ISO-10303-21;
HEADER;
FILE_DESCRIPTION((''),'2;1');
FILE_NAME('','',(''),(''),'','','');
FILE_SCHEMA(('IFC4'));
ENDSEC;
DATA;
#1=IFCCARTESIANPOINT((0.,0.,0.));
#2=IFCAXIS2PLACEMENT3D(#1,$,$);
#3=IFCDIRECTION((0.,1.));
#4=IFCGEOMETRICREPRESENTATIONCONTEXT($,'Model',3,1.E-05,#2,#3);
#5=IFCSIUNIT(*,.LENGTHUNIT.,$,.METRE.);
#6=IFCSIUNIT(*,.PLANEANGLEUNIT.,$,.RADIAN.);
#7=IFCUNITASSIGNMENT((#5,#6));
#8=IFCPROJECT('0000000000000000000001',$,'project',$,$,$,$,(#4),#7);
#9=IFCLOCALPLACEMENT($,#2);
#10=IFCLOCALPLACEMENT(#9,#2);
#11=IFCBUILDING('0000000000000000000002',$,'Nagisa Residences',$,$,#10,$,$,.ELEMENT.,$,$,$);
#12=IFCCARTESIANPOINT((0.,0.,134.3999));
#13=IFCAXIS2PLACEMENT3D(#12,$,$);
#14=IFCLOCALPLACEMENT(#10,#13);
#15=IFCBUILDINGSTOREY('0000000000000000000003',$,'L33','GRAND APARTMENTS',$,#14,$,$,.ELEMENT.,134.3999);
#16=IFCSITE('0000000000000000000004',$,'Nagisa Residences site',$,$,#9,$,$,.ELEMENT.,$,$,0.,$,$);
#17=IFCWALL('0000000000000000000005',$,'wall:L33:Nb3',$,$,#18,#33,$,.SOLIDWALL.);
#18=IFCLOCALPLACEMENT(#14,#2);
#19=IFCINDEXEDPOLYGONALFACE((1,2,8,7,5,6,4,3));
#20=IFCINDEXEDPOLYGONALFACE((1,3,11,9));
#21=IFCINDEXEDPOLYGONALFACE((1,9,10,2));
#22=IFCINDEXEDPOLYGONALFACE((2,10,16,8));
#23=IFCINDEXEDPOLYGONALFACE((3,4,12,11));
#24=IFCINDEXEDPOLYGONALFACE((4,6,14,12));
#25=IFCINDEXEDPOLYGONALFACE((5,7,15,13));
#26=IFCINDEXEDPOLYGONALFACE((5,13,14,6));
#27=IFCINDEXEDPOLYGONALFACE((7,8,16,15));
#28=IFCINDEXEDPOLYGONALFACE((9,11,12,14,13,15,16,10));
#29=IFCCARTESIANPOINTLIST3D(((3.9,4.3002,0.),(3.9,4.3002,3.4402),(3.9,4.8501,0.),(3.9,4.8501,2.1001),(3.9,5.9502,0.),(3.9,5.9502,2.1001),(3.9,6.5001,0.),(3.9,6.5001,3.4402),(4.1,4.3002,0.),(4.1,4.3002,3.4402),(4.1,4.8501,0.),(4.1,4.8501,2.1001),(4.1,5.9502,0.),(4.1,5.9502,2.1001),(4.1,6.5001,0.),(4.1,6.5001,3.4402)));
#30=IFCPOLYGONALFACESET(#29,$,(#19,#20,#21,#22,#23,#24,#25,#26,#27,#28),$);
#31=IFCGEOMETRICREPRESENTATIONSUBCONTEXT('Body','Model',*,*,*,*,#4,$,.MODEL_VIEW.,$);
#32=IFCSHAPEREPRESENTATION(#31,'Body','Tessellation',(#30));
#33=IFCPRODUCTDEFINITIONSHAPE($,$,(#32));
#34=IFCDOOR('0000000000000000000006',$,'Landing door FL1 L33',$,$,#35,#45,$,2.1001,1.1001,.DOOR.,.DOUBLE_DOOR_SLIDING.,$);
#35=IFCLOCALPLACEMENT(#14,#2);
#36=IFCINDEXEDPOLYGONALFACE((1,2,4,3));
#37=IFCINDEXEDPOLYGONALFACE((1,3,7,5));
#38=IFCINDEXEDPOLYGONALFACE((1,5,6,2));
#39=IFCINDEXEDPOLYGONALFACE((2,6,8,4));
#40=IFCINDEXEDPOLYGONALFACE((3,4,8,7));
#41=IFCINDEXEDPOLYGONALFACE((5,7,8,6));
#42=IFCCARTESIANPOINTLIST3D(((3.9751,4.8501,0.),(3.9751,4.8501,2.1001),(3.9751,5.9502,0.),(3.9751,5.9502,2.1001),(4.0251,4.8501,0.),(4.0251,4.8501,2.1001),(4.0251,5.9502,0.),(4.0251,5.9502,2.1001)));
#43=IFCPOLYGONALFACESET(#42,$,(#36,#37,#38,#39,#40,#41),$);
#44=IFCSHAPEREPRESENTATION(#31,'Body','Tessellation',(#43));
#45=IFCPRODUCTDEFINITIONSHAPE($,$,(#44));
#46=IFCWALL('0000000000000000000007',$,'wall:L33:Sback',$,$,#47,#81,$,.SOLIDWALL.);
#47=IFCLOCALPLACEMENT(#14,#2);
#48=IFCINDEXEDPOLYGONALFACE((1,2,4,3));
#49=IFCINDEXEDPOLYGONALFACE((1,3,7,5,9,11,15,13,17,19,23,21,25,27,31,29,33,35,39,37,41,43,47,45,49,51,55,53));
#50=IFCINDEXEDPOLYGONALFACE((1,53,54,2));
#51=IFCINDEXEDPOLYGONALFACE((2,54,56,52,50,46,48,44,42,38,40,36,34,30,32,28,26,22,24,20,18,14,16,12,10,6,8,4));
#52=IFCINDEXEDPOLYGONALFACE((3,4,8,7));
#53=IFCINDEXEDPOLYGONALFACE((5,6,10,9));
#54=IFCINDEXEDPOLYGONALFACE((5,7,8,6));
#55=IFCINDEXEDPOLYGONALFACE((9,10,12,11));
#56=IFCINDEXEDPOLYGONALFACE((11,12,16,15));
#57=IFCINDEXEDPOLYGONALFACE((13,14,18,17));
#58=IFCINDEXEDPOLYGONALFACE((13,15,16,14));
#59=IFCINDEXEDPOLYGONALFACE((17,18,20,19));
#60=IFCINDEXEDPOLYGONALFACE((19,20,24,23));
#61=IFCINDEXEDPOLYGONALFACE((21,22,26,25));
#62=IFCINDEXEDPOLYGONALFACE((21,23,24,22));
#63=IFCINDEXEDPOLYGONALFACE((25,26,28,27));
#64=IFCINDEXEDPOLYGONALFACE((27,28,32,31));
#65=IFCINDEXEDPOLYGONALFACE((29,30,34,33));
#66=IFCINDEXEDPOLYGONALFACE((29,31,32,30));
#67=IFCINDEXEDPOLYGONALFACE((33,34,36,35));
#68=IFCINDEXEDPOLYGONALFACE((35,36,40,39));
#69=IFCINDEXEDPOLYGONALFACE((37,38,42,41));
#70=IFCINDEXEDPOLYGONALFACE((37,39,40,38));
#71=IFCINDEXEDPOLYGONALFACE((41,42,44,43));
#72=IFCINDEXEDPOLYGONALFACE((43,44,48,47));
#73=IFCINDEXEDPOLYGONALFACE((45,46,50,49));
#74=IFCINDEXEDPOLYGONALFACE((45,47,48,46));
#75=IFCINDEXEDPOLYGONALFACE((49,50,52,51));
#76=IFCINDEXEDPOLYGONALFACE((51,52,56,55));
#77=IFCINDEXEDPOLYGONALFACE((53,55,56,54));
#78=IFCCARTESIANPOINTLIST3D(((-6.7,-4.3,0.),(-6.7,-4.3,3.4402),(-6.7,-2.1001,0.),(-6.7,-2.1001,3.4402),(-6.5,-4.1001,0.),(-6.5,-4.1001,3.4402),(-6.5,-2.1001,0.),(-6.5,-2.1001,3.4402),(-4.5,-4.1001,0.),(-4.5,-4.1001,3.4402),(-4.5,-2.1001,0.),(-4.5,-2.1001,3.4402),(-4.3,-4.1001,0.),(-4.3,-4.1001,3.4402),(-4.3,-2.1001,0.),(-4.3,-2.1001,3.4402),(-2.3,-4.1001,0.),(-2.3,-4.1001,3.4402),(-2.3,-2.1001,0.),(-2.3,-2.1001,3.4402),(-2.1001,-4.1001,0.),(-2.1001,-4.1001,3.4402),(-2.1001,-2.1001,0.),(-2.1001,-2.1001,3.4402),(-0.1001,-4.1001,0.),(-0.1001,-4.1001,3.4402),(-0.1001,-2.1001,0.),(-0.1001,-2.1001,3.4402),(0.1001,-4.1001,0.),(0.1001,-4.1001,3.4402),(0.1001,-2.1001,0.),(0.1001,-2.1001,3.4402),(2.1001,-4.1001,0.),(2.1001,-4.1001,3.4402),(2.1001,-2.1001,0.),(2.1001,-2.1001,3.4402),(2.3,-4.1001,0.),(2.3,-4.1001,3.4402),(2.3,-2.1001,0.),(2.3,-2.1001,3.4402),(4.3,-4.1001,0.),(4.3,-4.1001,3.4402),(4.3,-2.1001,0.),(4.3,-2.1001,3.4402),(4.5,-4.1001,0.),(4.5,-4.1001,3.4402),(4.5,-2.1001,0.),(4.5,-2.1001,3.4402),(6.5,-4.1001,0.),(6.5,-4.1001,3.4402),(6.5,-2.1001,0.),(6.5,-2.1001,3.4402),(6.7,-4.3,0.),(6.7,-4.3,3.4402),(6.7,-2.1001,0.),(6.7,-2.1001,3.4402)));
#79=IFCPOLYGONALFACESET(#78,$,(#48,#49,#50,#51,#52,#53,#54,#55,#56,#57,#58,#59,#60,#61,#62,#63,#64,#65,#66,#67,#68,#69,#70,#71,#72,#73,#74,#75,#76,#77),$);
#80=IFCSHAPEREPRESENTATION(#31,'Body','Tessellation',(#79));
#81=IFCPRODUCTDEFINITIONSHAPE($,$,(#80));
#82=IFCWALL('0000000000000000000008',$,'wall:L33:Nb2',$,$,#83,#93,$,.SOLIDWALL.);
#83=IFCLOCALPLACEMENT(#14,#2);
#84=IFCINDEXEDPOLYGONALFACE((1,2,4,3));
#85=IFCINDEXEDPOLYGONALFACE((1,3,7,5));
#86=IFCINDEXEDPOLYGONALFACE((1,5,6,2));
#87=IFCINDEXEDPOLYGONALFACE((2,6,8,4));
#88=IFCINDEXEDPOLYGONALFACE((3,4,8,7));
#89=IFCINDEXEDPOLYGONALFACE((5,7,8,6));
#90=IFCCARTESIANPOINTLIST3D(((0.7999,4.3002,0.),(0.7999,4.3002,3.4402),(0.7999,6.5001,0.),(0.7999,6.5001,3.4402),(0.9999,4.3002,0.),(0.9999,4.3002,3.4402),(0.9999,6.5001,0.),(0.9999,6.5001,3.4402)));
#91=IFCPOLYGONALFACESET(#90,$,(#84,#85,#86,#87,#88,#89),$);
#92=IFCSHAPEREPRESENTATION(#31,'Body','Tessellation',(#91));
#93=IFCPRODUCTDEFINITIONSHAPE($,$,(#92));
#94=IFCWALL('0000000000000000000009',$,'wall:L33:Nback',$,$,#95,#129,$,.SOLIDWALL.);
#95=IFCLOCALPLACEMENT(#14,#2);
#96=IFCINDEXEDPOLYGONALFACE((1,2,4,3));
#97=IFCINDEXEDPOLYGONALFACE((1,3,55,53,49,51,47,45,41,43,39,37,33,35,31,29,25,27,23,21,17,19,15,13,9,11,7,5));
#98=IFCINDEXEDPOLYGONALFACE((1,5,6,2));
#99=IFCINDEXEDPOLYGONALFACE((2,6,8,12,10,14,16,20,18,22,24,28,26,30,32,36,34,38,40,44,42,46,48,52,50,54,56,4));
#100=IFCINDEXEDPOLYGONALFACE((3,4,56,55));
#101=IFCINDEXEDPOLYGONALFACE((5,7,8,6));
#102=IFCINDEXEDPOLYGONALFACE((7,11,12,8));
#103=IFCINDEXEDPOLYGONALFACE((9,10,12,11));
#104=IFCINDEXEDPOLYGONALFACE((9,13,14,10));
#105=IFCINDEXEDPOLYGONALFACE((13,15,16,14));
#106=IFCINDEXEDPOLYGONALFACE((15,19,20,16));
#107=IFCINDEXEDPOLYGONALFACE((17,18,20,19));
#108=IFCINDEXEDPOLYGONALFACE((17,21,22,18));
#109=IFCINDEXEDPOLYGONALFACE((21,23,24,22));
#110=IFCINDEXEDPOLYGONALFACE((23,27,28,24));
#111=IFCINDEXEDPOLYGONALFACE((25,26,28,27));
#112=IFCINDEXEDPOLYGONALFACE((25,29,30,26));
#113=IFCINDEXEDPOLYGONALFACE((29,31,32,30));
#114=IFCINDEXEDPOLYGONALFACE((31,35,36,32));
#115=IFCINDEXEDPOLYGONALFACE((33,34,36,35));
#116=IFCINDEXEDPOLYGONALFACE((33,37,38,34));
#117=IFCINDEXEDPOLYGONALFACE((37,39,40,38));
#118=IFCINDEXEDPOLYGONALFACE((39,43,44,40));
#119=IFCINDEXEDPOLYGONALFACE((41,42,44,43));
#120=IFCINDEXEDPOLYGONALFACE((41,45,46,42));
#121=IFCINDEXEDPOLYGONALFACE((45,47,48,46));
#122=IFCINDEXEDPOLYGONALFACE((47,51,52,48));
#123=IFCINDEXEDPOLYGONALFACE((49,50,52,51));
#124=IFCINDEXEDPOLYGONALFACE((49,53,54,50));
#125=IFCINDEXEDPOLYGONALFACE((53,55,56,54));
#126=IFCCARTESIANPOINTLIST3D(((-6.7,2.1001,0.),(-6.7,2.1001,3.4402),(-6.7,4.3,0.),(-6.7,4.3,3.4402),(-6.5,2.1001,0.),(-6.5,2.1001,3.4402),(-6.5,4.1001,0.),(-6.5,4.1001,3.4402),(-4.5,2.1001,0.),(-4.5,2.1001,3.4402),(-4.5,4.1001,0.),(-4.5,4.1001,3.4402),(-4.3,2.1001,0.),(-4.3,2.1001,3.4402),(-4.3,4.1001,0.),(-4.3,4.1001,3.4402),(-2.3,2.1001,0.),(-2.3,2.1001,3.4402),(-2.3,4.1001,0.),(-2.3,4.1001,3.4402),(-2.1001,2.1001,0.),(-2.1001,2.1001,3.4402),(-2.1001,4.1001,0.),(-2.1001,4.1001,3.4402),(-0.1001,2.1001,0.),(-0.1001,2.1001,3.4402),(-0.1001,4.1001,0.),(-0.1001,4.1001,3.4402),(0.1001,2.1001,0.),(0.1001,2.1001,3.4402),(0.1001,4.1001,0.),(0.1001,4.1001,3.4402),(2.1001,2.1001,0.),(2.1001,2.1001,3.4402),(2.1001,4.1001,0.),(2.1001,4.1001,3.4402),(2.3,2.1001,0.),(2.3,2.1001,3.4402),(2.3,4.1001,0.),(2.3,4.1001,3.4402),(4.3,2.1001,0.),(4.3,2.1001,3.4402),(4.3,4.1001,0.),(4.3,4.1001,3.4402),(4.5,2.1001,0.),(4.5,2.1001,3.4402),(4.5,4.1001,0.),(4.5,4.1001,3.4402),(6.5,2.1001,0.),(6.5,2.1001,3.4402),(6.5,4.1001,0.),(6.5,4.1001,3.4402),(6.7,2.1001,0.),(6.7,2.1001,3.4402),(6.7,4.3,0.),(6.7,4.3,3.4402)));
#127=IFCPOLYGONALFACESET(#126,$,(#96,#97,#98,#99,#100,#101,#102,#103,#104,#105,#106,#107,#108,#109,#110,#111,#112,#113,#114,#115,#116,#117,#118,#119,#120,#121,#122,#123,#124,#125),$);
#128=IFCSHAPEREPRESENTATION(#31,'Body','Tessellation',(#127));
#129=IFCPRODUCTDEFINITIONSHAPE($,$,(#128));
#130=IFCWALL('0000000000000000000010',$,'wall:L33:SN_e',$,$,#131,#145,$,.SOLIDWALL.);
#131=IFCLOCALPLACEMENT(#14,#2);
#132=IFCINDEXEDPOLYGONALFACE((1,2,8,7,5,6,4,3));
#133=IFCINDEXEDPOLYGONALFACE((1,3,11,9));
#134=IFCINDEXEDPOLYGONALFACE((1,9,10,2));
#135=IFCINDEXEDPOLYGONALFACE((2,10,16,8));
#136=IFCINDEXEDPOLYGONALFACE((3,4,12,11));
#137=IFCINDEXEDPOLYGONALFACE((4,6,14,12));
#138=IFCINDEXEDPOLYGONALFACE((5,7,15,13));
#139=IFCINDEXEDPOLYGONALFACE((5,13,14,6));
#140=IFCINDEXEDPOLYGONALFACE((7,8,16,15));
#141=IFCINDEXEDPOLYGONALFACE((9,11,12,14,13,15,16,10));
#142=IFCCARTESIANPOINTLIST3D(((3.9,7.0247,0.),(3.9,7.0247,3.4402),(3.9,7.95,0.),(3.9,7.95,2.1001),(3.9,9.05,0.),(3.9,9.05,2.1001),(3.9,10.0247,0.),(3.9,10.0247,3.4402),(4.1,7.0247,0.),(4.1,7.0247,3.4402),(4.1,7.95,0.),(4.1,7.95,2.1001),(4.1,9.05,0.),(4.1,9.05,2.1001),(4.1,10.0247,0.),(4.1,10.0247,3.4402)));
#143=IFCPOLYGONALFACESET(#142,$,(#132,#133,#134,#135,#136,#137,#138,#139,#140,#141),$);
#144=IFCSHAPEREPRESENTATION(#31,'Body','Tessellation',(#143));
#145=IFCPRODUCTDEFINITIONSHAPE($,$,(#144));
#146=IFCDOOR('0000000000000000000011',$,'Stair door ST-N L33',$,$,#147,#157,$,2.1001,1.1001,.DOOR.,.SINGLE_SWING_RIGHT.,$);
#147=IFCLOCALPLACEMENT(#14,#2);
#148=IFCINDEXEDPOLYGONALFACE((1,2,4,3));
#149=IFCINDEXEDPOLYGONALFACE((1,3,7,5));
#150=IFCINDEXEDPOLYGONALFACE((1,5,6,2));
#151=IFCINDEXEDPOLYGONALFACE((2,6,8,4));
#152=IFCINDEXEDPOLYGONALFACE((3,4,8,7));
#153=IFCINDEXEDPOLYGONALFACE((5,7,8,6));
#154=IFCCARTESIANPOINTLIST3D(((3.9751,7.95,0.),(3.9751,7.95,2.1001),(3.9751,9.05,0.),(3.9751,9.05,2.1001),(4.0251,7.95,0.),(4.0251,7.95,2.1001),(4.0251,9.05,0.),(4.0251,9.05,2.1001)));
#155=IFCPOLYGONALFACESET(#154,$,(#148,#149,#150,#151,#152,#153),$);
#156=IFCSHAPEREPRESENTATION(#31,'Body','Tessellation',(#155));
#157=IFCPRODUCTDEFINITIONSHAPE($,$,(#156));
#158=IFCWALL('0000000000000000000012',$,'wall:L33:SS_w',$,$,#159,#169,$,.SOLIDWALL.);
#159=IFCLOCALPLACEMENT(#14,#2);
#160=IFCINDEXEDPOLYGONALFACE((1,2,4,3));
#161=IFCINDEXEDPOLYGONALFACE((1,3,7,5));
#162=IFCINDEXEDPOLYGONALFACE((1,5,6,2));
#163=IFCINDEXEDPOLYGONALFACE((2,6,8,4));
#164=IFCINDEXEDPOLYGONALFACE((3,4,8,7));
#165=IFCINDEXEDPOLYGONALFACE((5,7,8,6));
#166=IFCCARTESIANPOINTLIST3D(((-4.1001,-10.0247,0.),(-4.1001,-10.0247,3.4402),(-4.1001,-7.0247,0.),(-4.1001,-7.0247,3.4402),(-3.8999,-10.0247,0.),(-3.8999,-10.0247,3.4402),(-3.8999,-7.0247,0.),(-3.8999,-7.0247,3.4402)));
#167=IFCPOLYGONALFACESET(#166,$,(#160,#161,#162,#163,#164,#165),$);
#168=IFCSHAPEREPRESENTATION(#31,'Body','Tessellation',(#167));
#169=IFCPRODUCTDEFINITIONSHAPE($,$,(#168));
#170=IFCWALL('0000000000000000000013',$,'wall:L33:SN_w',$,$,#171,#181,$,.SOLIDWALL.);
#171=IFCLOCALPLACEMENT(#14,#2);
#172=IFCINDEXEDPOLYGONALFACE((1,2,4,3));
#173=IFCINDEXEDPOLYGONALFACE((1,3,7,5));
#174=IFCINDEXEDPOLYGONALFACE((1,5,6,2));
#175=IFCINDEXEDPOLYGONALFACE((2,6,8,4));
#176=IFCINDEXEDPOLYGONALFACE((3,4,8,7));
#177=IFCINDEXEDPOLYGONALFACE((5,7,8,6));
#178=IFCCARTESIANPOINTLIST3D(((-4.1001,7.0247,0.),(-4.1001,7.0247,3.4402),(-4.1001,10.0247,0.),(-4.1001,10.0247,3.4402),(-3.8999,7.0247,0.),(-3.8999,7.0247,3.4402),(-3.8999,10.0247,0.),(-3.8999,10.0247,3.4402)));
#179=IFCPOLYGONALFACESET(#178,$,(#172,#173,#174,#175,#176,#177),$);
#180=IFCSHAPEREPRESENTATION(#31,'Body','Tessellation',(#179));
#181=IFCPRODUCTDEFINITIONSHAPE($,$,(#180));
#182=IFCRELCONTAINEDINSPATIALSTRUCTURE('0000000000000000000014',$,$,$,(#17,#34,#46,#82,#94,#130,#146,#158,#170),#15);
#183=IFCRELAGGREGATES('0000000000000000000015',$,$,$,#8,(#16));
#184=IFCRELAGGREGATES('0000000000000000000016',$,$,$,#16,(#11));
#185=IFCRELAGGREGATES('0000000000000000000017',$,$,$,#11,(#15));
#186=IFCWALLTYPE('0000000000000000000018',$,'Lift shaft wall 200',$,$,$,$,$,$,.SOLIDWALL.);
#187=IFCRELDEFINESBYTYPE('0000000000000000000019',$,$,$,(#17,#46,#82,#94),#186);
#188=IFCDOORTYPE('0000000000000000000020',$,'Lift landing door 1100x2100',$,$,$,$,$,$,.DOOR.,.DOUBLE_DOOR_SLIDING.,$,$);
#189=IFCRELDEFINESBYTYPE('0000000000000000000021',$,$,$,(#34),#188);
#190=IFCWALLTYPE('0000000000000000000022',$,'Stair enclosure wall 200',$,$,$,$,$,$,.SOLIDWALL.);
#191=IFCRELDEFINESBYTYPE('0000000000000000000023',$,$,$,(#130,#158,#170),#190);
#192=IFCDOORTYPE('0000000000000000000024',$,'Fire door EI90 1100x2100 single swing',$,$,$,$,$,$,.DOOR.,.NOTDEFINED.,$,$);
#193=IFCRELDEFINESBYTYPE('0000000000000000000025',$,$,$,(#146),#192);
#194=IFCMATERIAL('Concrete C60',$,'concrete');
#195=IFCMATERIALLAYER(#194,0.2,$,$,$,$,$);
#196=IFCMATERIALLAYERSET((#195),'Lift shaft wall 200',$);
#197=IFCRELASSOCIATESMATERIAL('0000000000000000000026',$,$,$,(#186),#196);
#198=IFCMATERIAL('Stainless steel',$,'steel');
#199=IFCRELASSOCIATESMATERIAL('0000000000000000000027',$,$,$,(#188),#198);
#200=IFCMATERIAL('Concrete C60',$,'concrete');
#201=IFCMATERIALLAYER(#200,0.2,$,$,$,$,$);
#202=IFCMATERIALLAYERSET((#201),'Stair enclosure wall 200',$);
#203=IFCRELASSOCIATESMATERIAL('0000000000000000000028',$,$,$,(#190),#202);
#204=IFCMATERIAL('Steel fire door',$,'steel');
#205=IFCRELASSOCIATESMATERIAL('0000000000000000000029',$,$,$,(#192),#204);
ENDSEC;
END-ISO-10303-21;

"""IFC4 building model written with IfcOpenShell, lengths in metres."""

from ifc_helpers import new_model, si_unit, direction, frame, frame_2d, origin, place, context, subcontext, project, spatial, polyline, rectangle, outline, extrude, material, layer, layer_set, type_object, element, fill, save


model = new_model("IFC4")

# Units and contexts
model_context = context("Model", 3, precision=1e-05, world=origin(), true_north=direction((0.0, 1.0)))
body_context = subcontext(model_context, "Body", "Model", "MODEL_VIEW")
ifc_project = project(units=[si_unit("LENGTHUNIT", "METRE"), si_unit("PLANEANGLEUNIT", "RADIAN")], contexts=[model_context])

# Site, building, storey
site_placement = place(None, origin())
site = spatial("IfcSite", under=ifc_project, at=site_placement, Name="Nagisa Residences site", CompositionType="ELEMENT", RefElevation=0.0)
building_placement = place(site_placement, origin())
building = spatial("IfcBuilding", under=site, at=building_placement, Name="Nagisa Residences", CompositionType="ELEMENT")
storey_placement = place(building_placement, frame((0.0, 0.0, 134.3999)))
storey = spatial("IfcBuildingStorey", under=building, at=storey_placement, Name="L33", Description="GRAND APARTMENTS", CompositionType="ELEMENT", Elevation=134.3999)

# Wall, opening, door
ifc_material_1 = material(Name="Concrete C60", Category="concrete")
ifc_layer_1 = layer(ifc_material_1, 0.2)
ifc_layer_set_1 = layer_set([ifc_layer_1], Name="Lift shaft wall 200")
wall_type_1 = type_object("IfcWallType", Name="Lift shaft wall 200", PredefinedType="SOLIDWALL", material=ifc_layer_set_1)
wall_1_placement = place(storey_placement, frame((4.0, 4.3, 0.0), z_axis=(0.0, 0.0, 1.0), x_axis=(0.0, 1.0, 0.0)))
wall_1 = element("IfcWall", 1, at=wall_1_placement, inside=storey, type_object=wall_type_1, Name="wall:L33:Nb3", PredefinedType="SOLIDWALL", context=body_context, shape_type="SweptSolid", body=[
    extrude(rectangle(XDim=2.2, YDim=0.2, at=frame_2d((1.1001, 0.0))), origin(), (0.0, 0.0, 1.0), 3.4402),
])
opening_1_placement = place(wall_1_placement, frame((0.55, 0.0, 0.0)))
opening_1 = element("IfcOpeningElement", 2, at=opening_1_placement, cuts=wall_1, PredefinedType="OPENING", context=body_context, shape_type="SweptSolid", body=[
    extrude(rectangle(XDim=1.1001, YDim=2.1001, at=frame_2d((0.55, 1.05))), frame((0.0, 0.1099, 0.0), z_axis=(0.0, -1.0, 0.0), x_axis=(1.0, 0.0, 0.0)), (0.0, 0.0, 1.0), 0.22),
])
ifc_material_2 = material(Name="Stainless steel", Category="steel")
door_type_1 = type_object("IfcDoorType", Name="Lift landing door 1100x2100", OperationType="DOUBLE_DOOR_SLIDING", PredefinedType="DOOR", material=ifc_material_2)
door_1_placement = place(opening_1_placement, origin())
door_1 = element("IfcDoor", 3, at=door_1_placement, inside=storey, type_object=door_type_1, Name="Landing door FL1 L33", OperationType="DOUBLE_DOOR_SLIDING", OverallHeight=2.1001, OverallWidth=1.1001, PredefinedType="DOOR", context=body_context, shape_type="SweptSolid", body=[
    extrude(rectangle(XDim=1.1001, YDim=2.1001, at=frame_2d((0.55, 1.05))), frame((0.0, 0.0249, 0.0), z_axis=(0.0, -1.0, 0.0), x_axis=(1.0, 0.0, 0.0)), (0.0, 0.0, 1.0), 0.05),
])
fill(opening_1, door_1)

# Walls
wall_2_placement = place(storey_placement, origin())
element("IfcWall", 4, at=wall_2_placement, inside=storey, type_object=wall_type_1, Name="wall:L33:Sback", PredefinedType="SOLIDWALL", context=body_context, shape_type="SweptSolid", body=[
    extrude(outline(polyline([(-6.7, -2.1001), (-6.5, -2.1001), (-6.5, -4.1001), (-4.5, -4.1001), (-4.5, -2.1001), (-4.3, -2.1001), (-4.3, -4.1001), (-2.3, -4.1001), (-2.3, -2.1001), (-2.1001, -2.1001), (-2.1001, -4.1001), (-0.1001, -4.1001), (-0.1001, -2.1001), (0.1001, -2.1001), (0.1001, -4.1001), (2.1001, -4.1001), (2.1001, -2.1001), (2.3, -2.1001), (2.3, -4.1001), (4.3, -4.1001), (4.3, -2.1001), (4.5, -2.1001), (4.5, -4.1001), (6.5, -4.1001), (6.5, -2.1001), (6.7, -2.1001), (6.7, -4.3), (-6.7, -4.3), (-6.7, -2.1001)])), origin(), (0.0, 0.0, 1.0), 3.4402),
])
wall_3_placement = place(storey_placement, frame((0.8999, 4.3, 0.0), z_axis=(0.0, 0.0, 1.0), x_axis=(0.0, 1.0, 0.0)))
element("IfcWall", 5, at=wall_3_placement, inside=storey, type_object=wall_type_1, Name="wall:L33:Nb2", PredefinedType="SOLIDWALL", context=body_context, shape_type="SweptSolid", body=[
    extrude(rectangle(XDim=2.2, YDim=0.2, at=frame_2d((1.1001, 0.0))), origin(), (0.0, 0.0, 1.0), 3.4402),
])
wall_4_placement = place(storey_placement, origin())
element("IfcWall", 6, at=wall_4_placement, inside=storey, type_object=wall_type_1, Name="wall:L33:Nback", PredefinedType="SOLIDWALL", context=body_context, shape_type="SweptSolid", body=[
    extrude(outline(polyline([(-6.5, 2.1001), (-6.7, 2.1001), (-6.7, 4.3), (6.7, 4.3), (6.7, 2.1001), (6.5, 2.1001), (6.5, 4.1001), (4.5, 4.1001), (4.5, 2.1001), (4.3, 2.1001), (4.3, 4.1001), (2.3, 4.1001), (2.3, 2.1001), (2.1001, 2.1001), (2.1001, 4.1001), (0.1001, 4.1001), (0.1001, 2.1001), (-0.1001, 2.1001), (-0.1001, 4.1001), (-2.1001, 4.1001), (-2.1001, 2.1001), (-2.3, 2.1001), (-2.3, 4.1001), (-4.3, 4.1001), (-4.3, 2.1001), (-4.5, 2.1001), (-4.5, 4.1001), (-6.5, 4.1001), (-6.5, 2.1001)])), origin(), (0.0, 0.0, 1.0), 3.4402),
])

# Wall, opening, door
ifc_material_3 = material(Name="Concrete C60", Category="concrete")
ifc_layer_2 = layer(ifc_material_3, 0.2)
ifc_layer_set_2 = layer_set([ifc_layer_2], Name="Stair enclosure wall 200")
wall_type_2 = type_object("IfcWallType", Name="Stair enclosure wall 200", PredefinedType="SOLIDWALL", material=ifc_layer_set_2)
wall_5_placement = place(storey_placement, frame((4.0, 7.0247, 0.0), z_axis=(0.0, 0.0, 1.0), x_axis=(0.0, 1.0, 0.0)))
wall_5 = element("IfcWall", 7, at=wall_5_placement, inside=storey, type_object=wall_type_2, Name="wall:L33:SN_e", PredefinedType="SOLIDWALL", context=body_context, shape_type="SweptSolid", body=[
    extrude(rectangle(XDim=3.0, YDim=0.2, at=frame_2d((1.5, 0.0))), origin(), (0.0, 0.0, 1.0), 3.4402),
])
opening_2_placement = place(wall_5_placement, frame((0.9253, 0.0, 0.0)))
opening_2 = element("IfcOpeningElement", 8, at=opening_2_placement, cuts=wall_5, PredefinedType="OPENING", context=body_context, shape_type="SweptSolid", body=[
    extrude(rectangle(XDim=1.1001, YDim=2.1001, at=frame_2d((0.55, 1.05))), frame((0.0, 0.1099, 0.0), z_axis=(0.0, -1.0, 0.0), x_axis=(1.0, 0.0, 0.0)), (0.0, 0.0, 1.0), 0.22),
])
ifc_material_4 = material(Name="Steel fire door", Category="steel")
door_type_2 = type_object("IfcDoorType", Name="Fire door EI90 1100x2100 single swing", OperationType="NOTDEFINED", PredefinedType="DOOR", material=ifc_material_4)
door_2_placement = place(opening_2_placement, origin())
door_2 = element("IfcDoor", 9, at=door_2_placement, inside=storey, type_object=door_type_2, Name="Stair door ST-N L33", OperationType="SINGLE_SWING_RIGHT", OverallHeight=2.1001, OverallWidth=1.1001, PredefinedType="DOOR", context=body_context, shape_type="SweptSolid", body=[
    extrude(rectangle(XDim=1.1001, YDim=2.1001, at=frame_2d((0.55, 1.05))), frame((0.0, 0.0249, 0.0), z_axis=(0.0, -1.0, 0.0), x_axis=(1.0, 0.0, 0.0)), (0.0, 0.0, 1.0), 0.05),
])
fill(opening_2, door_2)

# Walls
wall_6_placement = place(storey_placement, origin())
element("IfcWall", 10, at=wall_6_placement, inside=storey, type_object=wall_type_2, Name="wall:L33:SS_w", PredefinedType="SOLIDWALL", context=body_context, shape_type="SweptSolid", body=[
    extrude(outline(polyline([(-3.8999, -10.0247), (-4.1001, -10.0247), (-4.1001, -7.0247), (-3.8999, -7.0247), (-3.8999, -10.0247)])), origin(), (0.0, 0.0, 1.0), 3.4402),
])
wall_7_placement = place(storey_placement, origin())
element("IfcWall", 11, at=wall_7_placement, inside=storey, type_object=wall_type_2, Name="wall:L33:SN_w", PredefinedType="SOLIDWALL", context=body_context, shape_type="SweptSolid", body=[
    extrude(outline(polyline([(-3.8999, 7.0247), (-4.1001, 7.0247), (-4.1001, 10.0247), (-3.8999, 10.0247), (-3.8999, 7.0247)])), origin(), (0.0, 0.0, 1.0), 3.4402),
])

save(model, "model.ifc")
